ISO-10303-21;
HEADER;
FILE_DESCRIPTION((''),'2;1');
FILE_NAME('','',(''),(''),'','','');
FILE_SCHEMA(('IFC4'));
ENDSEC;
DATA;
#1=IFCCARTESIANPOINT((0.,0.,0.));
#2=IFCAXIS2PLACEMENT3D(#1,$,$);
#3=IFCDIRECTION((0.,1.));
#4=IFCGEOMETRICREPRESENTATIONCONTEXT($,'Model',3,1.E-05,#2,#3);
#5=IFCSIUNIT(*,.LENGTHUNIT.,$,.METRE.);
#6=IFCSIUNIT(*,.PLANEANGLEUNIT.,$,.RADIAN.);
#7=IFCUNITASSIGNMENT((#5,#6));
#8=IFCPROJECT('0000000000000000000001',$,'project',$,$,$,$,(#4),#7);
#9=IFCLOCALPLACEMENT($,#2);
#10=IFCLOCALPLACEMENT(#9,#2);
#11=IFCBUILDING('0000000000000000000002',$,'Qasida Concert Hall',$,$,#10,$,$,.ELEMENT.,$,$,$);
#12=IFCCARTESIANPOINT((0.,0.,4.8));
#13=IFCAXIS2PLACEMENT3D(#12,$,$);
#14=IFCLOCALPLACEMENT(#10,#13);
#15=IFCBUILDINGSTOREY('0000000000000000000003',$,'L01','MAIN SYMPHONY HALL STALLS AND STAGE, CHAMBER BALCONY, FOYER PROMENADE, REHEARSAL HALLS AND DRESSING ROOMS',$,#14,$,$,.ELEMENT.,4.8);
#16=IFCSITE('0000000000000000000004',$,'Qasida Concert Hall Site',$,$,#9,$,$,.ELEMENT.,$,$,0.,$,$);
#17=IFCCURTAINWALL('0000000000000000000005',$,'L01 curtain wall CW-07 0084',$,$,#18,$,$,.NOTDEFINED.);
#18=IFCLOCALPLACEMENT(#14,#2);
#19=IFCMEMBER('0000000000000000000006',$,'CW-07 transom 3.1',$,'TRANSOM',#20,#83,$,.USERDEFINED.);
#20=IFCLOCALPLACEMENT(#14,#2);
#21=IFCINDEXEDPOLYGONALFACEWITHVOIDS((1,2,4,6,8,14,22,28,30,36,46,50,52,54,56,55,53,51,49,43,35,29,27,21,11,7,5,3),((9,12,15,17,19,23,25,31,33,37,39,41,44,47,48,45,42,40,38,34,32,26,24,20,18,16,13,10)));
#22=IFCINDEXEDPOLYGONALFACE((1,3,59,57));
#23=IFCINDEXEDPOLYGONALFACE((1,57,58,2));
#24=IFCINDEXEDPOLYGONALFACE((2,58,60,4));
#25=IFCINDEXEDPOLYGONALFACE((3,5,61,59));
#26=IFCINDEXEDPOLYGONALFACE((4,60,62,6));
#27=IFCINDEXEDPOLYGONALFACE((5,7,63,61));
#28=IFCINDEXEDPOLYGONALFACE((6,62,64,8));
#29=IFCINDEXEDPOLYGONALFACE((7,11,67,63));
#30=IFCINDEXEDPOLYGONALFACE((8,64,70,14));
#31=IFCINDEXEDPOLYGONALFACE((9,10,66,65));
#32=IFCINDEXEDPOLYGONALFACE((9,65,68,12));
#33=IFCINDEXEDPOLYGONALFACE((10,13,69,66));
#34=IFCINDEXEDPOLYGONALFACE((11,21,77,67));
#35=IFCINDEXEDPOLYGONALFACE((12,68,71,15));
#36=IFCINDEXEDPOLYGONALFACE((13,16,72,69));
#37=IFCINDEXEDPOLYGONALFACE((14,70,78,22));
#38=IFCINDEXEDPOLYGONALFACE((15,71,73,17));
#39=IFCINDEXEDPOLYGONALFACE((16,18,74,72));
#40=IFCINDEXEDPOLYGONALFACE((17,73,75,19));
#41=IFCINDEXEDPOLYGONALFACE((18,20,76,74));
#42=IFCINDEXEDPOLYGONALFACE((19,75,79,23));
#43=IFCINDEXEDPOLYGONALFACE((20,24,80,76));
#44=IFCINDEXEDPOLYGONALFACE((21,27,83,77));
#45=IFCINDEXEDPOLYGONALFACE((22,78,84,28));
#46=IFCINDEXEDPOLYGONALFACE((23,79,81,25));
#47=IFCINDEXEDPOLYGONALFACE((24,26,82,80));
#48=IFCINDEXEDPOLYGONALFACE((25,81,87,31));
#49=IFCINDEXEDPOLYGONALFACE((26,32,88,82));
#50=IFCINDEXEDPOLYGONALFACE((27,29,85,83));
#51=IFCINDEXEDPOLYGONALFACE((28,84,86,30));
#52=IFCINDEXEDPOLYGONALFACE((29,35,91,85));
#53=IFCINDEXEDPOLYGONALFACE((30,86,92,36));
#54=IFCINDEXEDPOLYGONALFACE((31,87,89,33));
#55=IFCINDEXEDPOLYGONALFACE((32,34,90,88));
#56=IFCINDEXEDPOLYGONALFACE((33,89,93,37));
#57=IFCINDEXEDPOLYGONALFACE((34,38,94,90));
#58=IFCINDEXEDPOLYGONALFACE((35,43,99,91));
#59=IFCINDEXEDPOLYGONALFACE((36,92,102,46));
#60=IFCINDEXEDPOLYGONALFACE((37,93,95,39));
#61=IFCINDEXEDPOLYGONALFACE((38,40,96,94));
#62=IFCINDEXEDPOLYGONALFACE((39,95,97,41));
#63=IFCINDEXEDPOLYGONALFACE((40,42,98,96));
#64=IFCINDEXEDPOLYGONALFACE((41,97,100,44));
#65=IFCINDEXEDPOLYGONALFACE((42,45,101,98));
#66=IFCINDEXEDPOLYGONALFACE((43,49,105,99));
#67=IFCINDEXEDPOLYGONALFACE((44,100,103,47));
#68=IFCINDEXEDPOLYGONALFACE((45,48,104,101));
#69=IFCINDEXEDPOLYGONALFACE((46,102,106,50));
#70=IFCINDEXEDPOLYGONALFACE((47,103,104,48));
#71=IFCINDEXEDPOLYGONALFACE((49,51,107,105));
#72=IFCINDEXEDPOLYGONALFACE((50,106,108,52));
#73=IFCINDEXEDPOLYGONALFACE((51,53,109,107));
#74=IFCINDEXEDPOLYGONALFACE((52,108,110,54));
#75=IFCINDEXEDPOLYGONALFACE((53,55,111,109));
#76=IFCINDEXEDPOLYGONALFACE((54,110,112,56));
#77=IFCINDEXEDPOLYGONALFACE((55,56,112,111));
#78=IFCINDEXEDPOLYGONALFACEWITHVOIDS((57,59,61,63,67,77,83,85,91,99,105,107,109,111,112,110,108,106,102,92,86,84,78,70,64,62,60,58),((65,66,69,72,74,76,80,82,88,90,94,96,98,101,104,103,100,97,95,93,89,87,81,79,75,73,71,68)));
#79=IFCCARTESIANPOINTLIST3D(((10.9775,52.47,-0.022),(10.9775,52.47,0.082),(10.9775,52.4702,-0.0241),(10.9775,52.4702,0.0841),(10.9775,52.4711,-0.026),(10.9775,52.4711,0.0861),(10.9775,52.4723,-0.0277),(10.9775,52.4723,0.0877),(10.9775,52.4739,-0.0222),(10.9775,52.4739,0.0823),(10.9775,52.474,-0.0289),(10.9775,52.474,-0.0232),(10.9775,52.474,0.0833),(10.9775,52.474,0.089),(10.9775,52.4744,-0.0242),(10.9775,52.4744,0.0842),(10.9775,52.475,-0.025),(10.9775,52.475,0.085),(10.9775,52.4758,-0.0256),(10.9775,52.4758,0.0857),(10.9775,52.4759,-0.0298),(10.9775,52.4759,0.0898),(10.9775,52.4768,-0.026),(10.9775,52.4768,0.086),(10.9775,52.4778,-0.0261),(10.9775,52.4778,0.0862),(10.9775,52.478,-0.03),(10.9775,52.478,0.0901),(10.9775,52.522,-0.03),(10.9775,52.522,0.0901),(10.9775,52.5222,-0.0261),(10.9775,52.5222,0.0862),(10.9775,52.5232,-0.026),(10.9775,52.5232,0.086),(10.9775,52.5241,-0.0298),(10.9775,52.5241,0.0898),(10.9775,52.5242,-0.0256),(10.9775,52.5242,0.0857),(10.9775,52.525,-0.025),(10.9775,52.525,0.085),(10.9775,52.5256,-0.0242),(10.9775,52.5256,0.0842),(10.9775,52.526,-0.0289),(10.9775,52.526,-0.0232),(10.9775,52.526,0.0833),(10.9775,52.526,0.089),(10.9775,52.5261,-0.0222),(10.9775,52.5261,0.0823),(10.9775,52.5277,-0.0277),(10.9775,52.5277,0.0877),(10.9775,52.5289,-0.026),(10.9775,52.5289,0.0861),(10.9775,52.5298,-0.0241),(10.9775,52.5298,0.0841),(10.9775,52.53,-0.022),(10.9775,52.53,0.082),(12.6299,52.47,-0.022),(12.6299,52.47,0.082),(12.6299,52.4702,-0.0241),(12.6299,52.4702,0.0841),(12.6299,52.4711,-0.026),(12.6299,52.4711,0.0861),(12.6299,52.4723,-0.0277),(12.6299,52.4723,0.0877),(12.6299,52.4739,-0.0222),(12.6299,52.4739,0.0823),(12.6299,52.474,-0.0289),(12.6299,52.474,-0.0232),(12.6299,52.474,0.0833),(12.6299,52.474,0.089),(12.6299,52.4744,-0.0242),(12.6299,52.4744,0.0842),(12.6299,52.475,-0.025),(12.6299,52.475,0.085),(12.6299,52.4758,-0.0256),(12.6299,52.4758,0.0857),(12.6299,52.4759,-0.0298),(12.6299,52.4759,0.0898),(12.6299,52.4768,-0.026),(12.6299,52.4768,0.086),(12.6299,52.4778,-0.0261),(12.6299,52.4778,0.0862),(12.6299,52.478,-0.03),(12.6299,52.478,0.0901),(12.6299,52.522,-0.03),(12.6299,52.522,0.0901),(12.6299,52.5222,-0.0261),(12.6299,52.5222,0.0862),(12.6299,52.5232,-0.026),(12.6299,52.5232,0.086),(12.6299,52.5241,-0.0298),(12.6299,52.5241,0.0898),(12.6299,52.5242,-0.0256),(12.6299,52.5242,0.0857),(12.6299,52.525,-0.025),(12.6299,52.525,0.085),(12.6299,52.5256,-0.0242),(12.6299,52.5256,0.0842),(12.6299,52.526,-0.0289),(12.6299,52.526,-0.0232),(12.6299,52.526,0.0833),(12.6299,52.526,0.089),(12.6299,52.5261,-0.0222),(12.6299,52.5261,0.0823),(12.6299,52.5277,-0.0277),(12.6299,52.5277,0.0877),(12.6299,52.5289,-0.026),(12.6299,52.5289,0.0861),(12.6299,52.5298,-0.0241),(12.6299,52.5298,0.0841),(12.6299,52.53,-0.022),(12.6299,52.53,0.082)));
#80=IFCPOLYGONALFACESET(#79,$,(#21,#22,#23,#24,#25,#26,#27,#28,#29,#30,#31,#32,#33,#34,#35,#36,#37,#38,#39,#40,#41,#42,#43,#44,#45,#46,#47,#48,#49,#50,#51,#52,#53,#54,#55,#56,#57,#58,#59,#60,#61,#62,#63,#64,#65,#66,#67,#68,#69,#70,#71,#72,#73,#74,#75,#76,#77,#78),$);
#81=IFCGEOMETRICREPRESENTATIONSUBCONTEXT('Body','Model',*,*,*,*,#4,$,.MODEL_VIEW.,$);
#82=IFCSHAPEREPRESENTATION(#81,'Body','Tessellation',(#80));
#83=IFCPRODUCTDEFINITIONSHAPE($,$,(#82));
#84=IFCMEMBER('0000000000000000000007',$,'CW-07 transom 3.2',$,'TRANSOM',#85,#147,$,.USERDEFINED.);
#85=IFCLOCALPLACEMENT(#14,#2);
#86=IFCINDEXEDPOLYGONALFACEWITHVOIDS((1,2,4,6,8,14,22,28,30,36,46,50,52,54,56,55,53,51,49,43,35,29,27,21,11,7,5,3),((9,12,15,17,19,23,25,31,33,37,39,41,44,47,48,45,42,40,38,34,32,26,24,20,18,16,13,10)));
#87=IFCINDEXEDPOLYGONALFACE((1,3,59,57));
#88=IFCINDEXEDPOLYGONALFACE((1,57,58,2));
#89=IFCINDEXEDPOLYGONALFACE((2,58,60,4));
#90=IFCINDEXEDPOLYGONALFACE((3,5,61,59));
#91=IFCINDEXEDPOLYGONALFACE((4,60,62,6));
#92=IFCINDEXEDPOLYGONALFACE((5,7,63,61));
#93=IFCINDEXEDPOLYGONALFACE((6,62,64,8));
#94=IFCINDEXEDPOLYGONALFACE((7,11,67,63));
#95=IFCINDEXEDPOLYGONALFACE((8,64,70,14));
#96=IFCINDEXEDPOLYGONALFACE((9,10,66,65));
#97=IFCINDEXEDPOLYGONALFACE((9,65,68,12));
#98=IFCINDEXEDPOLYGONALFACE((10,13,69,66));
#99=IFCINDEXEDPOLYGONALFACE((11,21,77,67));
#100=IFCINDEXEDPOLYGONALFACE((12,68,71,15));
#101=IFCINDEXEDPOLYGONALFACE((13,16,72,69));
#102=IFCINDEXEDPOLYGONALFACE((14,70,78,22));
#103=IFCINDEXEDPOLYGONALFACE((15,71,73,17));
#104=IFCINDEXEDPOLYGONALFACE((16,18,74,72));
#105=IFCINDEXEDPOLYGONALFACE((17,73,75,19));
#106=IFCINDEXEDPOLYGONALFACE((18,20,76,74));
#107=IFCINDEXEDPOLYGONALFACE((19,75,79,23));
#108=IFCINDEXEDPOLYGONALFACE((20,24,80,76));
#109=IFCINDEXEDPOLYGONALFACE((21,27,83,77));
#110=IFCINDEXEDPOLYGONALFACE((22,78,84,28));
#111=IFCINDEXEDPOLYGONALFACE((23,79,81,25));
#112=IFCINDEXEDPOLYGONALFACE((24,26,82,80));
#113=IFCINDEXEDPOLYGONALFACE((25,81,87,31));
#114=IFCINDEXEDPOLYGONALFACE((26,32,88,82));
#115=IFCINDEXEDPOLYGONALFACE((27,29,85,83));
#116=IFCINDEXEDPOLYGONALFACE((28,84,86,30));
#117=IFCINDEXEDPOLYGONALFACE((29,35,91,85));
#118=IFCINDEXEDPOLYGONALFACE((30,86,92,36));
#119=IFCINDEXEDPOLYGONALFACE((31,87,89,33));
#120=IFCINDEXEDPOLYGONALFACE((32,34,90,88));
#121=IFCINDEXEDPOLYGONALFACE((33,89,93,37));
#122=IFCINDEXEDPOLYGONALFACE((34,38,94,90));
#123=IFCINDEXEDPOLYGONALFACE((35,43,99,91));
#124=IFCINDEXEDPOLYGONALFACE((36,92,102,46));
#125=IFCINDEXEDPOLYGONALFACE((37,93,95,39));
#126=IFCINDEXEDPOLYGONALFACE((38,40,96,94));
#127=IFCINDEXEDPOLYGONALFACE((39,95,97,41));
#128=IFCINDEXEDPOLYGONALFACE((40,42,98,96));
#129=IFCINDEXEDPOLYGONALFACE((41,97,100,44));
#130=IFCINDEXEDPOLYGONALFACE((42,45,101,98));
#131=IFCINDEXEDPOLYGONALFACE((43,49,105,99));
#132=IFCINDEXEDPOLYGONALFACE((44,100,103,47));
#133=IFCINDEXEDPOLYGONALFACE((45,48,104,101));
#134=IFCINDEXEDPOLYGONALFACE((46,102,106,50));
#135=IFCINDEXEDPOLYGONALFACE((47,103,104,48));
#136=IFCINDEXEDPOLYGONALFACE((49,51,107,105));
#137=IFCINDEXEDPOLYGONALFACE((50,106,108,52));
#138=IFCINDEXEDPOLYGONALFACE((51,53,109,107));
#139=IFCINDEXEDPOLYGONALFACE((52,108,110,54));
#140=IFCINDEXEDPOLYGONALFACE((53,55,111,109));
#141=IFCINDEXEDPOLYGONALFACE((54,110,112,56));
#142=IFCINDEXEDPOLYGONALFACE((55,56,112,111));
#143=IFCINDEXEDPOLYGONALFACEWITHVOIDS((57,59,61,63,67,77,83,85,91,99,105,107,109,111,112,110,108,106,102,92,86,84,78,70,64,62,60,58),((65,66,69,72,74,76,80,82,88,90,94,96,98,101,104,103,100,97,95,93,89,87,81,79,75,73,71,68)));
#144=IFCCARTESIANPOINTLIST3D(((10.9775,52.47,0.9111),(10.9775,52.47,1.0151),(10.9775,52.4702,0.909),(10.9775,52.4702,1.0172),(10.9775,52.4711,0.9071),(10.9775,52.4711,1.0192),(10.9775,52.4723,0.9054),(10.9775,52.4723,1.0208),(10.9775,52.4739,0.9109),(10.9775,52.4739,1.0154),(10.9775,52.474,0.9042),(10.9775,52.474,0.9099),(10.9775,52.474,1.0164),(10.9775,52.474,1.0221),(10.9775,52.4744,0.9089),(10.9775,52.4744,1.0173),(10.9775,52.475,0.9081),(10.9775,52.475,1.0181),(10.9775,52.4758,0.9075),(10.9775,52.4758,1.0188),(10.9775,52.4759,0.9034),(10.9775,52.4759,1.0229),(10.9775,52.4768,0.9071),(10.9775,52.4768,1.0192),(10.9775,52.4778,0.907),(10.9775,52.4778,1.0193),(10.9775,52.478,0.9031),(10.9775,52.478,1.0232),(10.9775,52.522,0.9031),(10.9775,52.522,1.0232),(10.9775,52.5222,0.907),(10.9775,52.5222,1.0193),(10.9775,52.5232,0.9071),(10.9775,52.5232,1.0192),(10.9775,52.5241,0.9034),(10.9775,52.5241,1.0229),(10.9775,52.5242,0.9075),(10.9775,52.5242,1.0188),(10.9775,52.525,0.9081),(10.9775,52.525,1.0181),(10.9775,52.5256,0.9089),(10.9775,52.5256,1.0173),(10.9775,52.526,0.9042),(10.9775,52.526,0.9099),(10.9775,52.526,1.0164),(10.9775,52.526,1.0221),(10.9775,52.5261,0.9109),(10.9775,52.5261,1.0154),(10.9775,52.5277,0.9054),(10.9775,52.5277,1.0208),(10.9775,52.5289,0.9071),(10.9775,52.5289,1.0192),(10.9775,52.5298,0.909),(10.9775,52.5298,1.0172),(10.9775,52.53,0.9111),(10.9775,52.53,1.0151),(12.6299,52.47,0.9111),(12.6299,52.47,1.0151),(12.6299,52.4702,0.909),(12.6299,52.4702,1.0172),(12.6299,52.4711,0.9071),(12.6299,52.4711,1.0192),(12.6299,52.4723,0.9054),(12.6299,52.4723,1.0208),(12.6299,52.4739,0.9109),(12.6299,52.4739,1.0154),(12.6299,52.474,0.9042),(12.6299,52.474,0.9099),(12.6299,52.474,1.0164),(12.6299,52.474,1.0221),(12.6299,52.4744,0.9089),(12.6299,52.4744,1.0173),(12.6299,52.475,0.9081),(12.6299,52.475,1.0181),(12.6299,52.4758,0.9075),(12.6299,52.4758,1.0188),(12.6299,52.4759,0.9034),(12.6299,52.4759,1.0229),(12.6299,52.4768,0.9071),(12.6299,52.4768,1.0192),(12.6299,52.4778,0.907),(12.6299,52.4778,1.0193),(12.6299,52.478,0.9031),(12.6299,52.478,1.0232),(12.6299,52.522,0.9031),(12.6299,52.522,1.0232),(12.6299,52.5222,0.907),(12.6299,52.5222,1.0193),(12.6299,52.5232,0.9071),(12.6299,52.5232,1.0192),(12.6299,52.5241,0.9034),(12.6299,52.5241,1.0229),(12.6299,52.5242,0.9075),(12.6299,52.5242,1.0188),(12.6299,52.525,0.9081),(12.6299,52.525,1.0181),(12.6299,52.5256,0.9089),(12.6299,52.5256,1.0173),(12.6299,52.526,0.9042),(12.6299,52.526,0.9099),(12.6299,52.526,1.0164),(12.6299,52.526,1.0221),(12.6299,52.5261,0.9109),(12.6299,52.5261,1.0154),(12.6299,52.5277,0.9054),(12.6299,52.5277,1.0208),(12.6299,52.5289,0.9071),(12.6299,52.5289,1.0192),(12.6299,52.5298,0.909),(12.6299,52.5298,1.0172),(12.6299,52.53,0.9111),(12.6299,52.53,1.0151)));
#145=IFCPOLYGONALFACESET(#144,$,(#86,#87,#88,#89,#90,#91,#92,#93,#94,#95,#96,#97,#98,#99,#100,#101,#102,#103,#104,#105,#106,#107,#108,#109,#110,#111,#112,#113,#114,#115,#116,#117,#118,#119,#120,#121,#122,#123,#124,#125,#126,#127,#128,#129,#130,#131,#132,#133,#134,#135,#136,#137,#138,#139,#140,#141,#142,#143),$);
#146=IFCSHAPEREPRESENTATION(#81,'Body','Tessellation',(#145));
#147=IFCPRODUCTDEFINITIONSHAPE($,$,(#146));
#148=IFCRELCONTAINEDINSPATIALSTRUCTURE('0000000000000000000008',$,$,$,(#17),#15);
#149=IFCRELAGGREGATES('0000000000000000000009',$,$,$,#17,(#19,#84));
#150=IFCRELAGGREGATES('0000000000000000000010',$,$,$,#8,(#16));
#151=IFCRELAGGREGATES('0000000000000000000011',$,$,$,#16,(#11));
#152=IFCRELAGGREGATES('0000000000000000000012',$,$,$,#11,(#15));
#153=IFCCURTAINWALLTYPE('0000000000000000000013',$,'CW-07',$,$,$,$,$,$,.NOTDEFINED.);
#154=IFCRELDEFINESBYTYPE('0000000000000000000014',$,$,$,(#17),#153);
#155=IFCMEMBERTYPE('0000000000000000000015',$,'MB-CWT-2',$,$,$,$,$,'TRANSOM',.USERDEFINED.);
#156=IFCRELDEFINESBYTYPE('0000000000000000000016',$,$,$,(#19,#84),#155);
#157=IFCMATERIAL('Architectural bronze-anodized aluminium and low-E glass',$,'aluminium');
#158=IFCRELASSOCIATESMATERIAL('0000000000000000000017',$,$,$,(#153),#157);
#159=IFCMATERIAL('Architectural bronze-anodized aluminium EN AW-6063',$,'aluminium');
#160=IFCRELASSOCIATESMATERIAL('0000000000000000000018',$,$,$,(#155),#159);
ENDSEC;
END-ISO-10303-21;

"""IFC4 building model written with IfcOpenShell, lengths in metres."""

from ifc_helpers import new_model, si_unit, direction, frame, origin, origin_2d, place, context, subcontext, project, spatial, hollow_rectangle, extrude, material, material_profile, profile_set, type_object, element, aggregate, save


model = new_model("IFC4")

# Units and contexts
model_context = context("Model", 3, precision=1e-05, world=origin(), true_north=direction((0.0, 1.0)))
body_context = subcontext(model_context, "Body", "Model", "MODEL_VIEW")
ifc_project = project(units=[si_unit("LENGTHUNIT", "METRE"), si_unit("PLANEANGLEUNIT", "RADIAN")], contexts=[model_context])

# Site, building, storey
site_placement = place(None, origin())
site = spatial("IfcSite", under=ifc_project, at=site_placement, Name="Qasida Concert Hall Site", CompositionType="ELEMENT", RefElevation=0.0)
building_placement = place(site_placement, origin())
building = spatial("IfcBuilding", under=site, at=building_placement, Name="Qasida Concert Hall", CompositionType="ELEMENT")
storey_placement = place(building_placement, frame((0.0, 0.0, 4.8)))
storey = spatial("IfcBuildingStorey", under=building, at=storey_placement, Name="L01", Description="MAIN SYMPHONY HALL STALLS AND STAGE, CHAMBER BALCONY, FOYER PROMENADE, REHEARSAL HALLS AND DRESSING ROOMS", CompositionType="ELEMENT", Elevation=4.8)

# Curtain wall, members
ifc_material_1 = material(Name="Architectural bronze-anodized aluminium and low-E glass", Category="aluminium")
curtain_wall_type = type_object("IfcCurtainWallType", Name="CW-07", PredefinedType="NOTDEFINED", material=ifc_material_1)
curtain_wall_placement = place(storey_placement, origin())
curtain_wall = element("IfcCurtainWall", 1, at=curtain_wall_placement, inside=storey, type_object=curtain_wall_type, Name="L01 curtain wall CW-07 0084", PredefinedType="NOTDEFINED")
ifc_material_2 = material(Name="Architectural bronze-anodized aluminium EN AW-6063", Category="aluminium")
ifc_material_profile_1 = material_profile(ifc_material_2, hollow_rectangle(XDim=0.0601, YDim=0.1201, WallThickness=0.0039, InnerFilletRadius=0.0039, OuterFilletRadius=0.0081, at=origin_2d()), Name="CWT 120x60x4")
ifc_profile_set_1 = profile_set([ifc_material_profile_1], Name="Architectural bronze-anodized aluminium EN AW-6063")
member_type_1 = type_object("IfcMemberType", Name="MB-CWT-2", ElementType="TRANSOM", PredefinedType="USERDEFINED", material=ifc_profile_set_1)
member_1_placement = place(storey_placement, frame((10.9775, 52.5, 0.03), z_axis=(1.0, 0.0, 0.0), x_axis=(0.0, 1.0, 0.0)))
member_1 = element("IfcMember", 2, at=member_1_placement, type_object=member_type_1, Name="CW-07 transom 3.1", ObjectType="TRANSOM", PredefinedType="USERDEFINED", context=body_context, shape_type="SweptSolid", body=[
    extrude(hollow_rectangle(XDim=0.0601, YDim=0.1201, WallThickness=0.0039, InnerFilletRadius=0.0039, OuterFilletRadius=0.0081, at=origin_2d()), origin(), (0.0, 0.0, 1.0), 1.6523),
])
member_2_placement = place(storey_placement, frame((10.9775, 52.5, 0.9631), z_axis=(1.0, 0.0, 0.0), x_axis=(0.0, 1.0, 0.0)))
member_2 = element("IfcMember", 3, at=member_2_placement, type_object=member_type_1, Name="CW-07 transom 3.2", ObjectType="TRANSOM", PredefinedType="USERDEFINED", context=body_context, shape_type="SweptSolid", body=[
    extrude(hollow_rectangle(XDim=0.0601, YDim=0.1201, WallThickness=0.0039, InnerFilletRadius=0.0039, OuterFilletRadius=0.0081, at=origin_2d()), origin(), (0.0, 0.0, 1.0), 1.6523),
])
aggregate(curtain_wall, [member_1, member_2])

save(model, "model.ifc")
